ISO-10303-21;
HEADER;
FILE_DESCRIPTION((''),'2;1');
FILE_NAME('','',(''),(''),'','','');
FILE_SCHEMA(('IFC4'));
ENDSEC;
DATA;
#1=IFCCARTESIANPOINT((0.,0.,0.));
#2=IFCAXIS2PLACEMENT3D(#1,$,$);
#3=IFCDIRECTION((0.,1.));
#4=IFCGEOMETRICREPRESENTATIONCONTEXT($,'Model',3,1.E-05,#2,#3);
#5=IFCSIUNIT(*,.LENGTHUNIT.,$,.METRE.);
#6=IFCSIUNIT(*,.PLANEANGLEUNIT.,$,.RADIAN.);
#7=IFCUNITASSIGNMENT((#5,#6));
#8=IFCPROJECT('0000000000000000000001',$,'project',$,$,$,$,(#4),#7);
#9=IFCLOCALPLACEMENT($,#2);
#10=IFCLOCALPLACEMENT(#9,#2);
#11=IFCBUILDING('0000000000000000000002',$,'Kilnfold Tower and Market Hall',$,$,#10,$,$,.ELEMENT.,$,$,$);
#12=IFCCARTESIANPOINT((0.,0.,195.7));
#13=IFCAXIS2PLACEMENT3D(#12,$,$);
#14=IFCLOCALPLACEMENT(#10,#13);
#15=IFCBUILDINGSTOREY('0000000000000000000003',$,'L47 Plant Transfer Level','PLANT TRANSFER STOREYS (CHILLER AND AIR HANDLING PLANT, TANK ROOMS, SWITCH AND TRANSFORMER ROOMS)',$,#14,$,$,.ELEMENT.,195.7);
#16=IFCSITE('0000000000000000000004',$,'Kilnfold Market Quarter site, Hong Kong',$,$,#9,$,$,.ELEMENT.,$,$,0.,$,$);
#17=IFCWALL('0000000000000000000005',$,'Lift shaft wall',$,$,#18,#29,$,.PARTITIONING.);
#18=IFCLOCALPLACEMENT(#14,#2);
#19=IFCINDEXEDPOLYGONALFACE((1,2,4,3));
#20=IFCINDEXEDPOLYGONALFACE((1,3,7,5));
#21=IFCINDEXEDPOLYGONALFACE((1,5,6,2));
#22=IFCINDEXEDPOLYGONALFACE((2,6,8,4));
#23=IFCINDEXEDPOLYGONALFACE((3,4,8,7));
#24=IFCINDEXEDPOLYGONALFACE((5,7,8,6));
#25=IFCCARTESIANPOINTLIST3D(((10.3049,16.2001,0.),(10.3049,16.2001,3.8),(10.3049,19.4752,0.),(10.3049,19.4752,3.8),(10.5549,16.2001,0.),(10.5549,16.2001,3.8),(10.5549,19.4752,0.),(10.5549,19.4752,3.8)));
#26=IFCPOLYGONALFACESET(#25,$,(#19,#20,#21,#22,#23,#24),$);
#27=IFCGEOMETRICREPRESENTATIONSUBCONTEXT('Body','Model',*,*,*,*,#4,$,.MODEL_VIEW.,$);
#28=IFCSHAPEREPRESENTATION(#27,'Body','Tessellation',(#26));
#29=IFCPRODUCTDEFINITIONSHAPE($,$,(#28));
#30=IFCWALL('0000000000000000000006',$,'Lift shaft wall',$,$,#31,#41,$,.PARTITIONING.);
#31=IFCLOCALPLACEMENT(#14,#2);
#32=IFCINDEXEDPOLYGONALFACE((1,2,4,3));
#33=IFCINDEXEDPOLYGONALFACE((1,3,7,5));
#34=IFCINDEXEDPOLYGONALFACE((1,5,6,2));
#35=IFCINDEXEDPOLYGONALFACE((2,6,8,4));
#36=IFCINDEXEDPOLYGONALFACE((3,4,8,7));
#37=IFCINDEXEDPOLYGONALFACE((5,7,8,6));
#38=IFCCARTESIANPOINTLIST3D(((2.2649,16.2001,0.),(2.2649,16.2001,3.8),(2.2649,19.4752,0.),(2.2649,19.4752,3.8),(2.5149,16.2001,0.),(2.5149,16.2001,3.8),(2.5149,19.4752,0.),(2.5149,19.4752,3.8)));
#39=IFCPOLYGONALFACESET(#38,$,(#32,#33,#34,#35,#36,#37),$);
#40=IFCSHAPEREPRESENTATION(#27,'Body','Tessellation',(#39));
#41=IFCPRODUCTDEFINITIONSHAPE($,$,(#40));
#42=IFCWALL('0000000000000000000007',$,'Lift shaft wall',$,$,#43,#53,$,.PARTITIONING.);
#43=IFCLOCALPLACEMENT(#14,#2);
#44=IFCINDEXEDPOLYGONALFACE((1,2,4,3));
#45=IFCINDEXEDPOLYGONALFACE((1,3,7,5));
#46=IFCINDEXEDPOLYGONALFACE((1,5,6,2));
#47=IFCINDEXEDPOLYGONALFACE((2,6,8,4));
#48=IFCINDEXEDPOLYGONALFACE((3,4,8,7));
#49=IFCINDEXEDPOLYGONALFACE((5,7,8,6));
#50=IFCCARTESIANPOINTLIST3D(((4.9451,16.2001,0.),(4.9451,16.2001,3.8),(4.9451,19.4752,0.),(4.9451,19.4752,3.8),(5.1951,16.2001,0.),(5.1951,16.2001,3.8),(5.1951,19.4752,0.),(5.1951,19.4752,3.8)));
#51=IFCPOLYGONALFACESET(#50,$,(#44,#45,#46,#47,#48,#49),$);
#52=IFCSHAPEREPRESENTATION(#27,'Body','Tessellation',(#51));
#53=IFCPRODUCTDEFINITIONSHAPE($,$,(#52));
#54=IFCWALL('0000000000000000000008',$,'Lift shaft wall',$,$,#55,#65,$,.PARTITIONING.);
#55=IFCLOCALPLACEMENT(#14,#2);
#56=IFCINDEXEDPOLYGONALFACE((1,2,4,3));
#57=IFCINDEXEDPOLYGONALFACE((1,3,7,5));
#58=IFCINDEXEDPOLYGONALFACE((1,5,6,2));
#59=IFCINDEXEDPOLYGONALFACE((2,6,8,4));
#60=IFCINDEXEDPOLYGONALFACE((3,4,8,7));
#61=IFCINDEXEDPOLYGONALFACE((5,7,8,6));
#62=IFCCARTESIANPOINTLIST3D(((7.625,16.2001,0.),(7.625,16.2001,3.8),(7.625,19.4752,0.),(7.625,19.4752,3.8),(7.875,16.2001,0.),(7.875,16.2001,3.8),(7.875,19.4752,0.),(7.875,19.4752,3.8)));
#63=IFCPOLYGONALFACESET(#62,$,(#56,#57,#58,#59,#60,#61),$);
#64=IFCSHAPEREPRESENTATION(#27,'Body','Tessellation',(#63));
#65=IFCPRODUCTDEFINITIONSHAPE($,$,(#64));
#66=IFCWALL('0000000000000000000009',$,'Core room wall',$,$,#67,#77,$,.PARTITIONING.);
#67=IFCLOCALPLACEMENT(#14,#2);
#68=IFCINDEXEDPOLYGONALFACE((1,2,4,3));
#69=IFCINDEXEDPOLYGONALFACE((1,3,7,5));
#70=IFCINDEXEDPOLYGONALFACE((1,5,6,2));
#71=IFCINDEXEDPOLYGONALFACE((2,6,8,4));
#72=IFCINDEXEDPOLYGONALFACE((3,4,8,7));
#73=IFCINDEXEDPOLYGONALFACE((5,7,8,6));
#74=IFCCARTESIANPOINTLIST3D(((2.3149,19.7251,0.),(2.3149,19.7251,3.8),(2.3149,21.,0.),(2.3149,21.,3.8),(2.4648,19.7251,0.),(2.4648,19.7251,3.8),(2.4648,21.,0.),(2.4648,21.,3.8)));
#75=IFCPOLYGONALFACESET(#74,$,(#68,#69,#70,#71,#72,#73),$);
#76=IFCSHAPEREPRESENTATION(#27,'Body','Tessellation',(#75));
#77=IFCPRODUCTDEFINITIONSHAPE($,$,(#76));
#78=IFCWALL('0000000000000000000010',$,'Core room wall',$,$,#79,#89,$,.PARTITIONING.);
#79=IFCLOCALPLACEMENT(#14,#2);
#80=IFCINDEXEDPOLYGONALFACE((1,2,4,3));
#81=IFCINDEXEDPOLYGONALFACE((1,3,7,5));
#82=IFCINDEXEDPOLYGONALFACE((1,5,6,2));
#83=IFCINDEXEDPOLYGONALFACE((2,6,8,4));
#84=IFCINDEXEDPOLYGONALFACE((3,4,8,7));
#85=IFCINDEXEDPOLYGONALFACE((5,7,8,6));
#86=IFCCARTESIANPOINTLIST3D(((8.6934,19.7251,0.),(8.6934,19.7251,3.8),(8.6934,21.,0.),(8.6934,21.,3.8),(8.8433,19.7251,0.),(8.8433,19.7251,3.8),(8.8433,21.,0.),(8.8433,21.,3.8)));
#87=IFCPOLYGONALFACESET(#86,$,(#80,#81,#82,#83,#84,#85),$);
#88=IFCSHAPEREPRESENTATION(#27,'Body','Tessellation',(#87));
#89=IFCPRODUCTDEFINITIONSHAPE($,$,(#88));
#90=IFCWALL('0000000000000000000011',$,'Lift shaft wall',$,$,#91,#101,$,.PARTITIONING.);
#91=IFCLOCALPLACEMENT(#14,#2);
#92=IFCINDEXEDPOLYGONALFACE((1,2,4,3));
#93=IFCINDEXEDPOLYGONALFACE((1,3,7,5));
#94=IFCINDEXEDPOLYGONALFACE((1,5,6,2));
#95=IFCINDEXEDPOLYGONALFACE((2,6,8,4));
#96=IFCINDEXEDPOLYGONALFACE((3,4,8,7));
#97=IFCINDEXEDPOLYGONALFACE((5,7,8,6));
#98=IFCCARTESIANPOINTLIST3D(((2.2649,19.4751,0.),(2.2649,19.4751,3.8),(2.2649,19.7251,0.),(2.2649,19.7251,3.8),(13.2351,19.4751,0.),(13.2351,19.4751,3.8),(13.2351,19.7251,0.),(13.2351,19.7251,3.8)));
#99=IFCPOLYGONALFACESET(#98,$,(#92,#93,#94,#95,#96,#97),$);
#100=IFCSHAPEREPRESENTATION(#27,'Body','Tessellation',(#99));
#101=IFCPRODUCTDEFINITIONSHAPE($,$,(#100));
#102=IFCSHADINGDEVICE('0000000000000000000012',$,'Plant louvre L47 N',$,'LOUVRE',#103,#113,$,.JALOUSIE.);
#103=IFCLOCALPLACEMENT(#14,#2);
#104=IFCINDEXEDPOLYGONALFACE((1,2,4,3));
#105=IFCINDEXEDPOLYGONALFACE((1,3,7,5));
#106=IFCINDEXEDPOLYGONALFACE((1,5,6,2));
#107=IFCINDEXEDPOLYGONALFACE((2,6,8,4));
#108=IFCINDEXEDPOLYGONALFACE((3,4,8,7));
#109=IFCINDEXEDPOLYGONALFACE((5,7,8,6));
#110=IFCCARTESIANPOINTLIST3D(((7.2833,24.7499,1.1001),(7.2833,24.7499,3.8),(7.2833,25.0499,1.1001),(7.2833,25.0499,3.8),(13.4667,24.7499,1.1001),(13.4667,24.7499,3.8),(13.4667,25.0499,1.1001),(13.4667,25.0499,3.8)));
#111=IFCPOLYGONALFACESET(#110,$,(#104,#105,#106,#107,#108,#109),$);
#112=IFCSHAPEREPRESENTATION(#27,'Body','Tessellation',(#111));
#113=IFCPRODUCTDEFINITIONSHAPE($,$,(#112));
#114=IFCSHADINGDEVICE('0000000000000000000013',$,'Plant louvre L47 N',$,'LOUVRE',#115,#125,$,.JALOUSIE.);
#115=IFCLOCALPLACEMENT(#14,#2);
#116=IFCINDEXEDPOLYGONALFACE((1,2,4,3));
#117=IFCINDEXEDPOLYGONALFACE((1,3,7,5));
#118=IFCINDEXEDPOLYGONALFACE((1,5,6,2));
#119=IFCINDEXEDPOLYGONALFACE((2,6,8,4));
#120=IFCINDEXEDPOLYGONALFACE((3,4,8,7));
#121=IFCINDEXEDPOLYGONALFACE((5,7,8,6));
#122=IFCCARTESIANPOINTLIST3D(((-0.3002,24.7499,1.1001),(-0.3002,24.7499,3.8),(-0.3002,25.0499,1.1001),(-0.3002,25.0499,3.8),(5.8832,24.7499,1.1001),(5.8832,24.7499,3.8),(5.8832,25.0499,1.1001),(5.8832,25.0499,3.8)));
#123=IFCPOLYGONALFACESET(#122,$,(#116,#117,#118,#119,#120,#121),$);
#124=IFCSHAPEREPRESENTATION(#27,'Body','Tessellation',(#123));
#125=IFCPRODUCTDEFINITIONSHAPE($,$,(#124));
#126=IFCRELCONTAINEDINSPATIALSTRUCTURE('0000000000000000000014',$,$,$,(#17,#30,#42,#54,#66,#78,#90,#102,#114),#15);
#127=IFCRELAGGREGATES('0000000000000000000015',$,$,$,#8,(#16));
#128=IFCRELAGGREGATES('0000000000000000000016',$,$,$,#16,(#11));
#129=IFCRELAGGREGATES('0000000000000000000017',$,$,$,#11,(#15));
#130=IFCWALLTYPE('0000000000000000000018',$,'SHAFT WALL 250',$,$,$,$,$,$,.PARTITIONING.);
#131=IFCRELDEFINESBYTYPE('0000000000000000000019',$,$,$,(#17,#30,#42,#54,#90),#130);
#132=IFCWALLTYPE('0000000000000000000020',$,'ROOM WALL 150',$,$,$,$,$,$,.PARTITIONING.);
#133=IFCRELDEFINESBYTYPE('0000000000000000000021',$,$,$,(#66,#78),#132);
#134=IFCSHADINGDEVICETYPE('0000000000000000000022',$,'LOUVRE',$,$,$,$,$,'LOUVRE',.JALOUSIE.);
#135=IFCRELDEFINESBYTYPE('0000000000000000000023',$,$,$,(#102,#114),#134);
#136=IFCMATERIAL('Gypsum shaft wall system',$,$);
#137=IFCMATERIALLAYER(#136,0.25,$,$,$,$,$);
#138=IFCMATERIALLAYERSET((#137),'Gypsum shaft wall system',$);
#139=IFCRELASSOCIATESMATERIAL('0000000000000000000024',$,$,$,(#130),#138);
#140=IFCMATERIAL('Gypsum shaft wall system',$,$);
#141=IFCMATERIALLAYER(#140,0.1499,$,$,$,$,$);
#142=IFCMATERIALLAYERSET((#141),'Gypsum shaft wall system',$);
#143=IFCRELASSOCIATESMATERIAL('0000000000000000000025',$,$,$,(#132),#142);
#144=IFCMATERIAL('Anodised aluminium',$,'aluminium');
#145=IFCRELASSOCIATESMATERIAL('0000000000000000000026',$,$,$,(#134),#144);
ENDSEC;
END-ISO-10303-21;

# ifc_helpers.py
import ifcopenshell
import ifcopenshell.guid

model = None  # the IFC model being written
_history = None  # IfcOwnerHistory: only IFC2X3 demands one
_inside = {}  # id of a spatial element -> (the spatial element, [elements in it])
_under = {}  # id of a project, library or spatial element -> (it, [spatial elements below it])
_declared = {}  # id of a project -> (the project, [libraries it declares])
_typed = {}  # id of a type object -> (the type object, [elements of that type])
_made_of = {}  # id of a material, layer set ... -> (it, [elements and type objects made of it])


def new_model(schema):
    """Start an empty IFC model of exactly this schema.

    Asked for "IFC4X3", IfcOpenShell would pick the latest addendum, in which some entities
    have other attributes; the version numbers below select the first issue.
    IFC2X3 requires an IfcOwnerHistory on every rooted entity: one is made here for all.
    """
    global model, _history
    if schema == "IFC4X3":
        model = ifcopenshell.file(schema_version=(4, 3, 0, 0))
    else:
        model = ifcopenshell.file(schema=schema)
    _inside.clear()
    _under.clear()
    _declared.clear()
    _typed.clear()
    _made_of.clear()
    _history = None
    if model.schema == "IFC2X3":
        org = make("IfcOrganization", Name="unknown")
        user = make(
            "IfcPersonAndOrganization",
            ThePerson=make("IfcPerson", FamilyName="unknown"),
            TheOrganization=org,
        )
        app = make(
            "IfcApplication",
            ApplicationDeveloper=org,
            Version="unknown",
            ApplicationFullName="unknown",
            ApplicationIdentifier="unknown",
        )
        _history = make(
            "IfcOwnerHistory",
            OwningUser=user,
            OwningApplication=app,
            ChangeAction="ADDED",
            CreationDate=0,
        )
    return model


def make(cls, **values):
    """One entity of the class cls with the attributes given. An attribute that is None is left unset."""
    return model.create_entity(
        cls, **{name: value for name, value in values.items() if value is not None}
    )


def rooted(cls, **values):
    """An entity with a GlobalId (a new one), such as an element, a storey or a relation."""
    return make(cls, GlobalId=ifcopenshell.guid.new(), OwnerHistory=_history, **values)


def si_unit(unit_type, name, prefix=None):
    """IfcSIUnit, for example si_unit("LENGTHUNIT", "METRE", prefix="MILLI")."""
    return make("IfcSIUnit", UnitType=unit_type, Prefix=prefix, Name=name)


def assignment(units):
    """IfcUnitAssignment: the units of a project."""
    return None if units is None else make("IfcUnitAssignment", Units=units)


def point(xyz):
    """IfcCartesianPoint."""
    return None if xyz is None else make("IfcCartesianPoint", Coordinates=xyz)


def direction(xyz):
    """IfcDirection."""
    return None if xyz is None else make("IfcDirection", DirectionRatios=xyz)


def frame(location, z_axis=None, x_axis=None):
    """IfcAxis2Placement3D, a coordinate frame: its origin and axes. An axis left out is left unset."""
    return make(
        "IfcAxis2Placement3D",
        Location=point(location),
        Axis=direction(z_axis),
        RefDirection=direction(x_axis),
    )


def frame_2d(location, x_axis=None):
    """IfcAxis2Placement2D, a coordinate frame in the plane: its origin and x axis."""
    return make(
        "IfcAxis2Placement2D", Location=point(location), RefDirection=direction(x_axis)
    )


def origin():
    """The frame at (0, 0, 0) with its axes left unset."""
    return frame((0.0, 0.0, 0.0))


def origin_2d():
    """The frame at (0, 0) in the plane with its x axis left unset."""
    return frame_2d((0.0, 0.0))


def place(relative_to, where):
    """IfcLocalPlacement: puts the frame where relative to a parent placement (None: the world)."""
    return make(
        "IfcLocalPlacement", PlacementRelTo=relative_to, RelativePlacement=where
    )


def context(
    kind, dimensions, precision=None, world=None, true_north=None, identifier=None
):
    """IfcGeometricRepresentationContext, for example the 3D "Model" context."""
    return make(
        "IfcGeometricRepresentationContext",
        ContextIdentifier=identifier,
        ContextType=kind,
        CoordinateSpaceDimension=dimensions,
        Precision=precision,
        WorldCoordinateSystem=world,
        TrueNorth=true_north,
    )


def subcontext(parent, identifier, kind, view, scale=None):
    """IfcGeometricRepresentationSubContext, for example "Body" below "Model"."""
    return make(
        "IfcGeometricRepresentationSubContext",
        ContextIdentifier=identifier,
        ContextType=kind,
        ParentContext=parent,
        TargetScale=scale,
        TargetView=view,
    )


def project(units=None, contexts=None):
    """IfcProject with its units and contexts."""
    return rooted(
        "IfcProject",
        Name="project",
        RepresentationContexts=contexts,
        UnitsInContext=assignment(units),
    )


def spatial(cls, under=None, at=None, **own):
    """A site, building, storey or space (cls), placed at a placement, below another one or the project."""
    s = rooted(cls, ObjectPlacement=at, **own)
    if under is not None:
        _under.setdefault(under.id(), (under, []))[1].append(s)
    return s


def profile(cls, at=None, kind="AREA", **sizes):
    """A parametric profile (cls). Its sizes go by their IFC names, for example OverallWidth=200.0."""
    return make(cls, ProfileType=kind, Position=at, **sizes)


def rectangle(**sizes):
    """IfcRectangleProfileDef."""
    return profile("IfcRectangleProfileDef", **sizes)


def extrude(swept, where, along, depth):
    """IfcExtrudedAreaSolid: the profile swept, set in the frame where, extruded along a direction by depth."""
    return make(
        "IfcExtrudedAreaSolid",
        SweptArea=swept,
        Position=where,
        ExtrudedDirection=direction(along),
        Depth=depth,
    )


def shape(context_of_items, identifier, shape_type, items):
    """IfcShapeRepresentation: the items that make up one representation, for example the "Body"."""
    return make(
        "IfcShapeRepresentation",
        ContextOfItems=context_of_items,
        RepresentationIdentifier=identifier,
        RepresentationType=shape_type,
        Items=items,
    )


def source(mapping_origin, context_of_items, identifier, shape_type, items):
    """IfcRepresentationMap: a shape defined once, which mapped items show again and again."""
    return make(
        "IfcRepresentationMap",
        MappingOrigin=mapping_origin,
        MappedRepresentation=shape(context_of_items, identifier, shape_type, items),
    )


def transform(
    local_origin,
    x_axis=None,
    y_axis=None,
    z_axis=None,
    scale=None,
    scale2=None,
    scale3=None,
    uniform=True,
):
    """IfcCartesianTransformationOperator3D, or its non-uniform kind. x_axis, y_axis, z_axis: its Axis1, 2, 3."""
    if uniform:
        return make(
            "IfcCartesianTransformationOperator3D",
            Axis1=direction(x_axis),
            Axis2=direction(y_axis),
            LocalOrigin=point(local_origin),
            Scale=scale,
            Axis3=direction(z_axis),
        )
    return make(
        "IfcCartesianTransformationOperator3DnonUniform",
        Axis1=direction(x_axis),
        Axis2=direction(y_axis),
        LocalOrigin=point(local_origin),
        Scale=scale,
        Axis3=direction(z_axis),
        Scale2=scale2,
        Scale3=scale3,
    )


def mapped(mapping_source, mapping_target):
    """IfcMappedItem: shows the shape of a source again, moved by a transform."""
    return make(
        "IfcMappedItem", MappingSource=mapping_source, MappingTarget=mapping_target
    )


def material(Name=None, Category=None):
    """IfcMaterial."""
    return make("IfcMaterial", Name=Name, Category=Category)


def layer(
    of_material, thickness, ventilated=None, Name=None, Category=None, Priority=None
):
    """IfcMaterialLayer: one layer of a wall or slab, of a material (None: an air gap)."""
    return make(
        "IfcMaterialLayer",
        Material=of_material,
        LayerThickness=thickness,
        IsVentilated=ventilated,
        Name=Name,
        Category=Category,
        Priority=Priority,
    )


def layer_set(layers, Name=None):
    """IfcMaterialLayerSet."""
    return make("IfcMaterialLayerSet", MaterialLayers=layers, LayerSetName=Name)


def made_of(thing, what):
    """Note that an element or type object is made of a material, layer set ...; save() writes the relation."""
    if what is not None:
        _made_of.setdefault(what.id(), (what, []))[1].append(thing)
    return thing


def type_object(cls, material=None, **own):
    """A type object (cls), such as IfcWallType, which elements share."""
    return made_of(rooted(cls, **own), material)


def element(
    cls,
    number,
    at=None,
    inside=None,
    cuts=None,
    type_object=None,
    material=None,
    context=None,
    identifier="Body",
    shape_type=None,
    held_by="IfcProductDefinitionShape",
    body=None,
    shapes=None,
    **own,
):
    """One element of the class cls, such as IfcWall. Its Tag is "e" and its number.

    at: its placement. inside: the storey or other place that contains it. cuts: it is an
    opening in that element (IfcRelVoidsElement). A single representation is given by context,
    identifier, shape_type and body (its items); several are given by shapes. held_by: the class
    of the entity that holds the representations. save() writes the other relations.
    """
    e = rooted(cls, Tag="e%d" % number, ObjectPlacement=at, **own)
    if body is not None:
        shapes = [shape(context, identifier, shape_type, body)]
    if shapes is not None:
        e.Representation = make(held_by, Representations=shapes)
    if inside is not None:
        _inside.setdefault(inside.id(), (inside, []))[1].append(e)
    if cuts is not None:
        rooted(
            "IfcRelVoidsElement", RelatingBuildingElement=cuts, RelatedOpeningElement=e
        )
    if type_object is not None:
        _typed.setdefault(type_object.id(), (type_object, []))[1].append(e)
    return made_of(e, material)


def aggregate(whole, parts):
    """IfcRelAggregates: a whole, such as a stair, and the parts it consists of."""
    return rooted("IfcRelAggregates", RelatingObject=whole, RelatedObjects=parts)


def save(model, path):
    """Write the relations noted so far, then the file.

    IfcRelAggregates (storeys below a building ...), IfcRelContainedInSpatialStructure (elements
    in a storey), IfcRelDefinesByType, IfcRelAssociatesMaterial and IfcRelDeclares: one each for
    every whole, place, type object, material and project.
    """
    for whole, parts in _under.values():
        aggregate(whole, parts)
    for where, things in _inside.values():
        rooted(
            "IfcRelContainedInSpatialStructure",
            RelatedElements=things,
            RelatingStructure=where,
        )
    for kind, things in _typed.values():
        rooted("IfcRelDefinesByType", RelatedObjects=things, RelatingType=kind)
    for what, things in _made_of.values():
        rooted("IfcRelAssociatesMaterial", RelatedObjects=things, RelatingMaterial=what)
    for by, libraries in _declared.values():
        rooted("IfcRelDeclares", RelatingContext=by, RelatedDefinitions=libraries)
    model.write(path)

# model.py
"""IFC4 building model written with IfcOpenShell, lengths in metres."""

from ifc_helpers import new_model, si_unit, direction, frame, frame_2d, origin, origin_2d, place, context, subcontext, project, spatial, rectangle, extrude, source, transform, mapped, material, layer, layer_set, type_object, element, save


model = new_model("IFC4")

# Units and contexts
model_context = context("Model", 3, precision=1e-05, world=origin(), true_north=direction((0.0, 1.0)))
body_context = subcontext(model_context, "Body", "Model", "MODEL_VIEW")
ifc_project = project(units=[si_unit("LENGTHUNIT", "METRE"), si_unit("PLANEANGLEUNIT", "RADIAN")], contexts=[model_context])

# Site, building, storey
site_placement = place(None, origin())
site = spatial("IfcSite", under=ifc_project, at=site_placement, Name="Kilnfold Market Quarter site, Hong Kong", CompositionType="ELEMENT", RefElevation=0.0)
building_placement = place(site_placement, origin())
building = spatial("IfcBuilding", under=site, at=building_placement, Name="Kilnfold Tower and Market Hall", CompositionType="ELEMENT")
storey_placement = place(building_placement, frame((0.0, 0.0, 195.7)))
storey = spatial("IfcBuildingStorey", under=building, at=storey_placement, Name="L47 Plant Transfer Level", Description="PLANT TRANSFER STOREYS (CHILLER AND AIR HANDLING PLANT, TANK ROOMS, SWITCH AND TRANSFORMER ROOMS)", CompositionType="ELEMENT", Elevation=195.7)

# Walls
ifc_material_1 = material(Name="Gypsum shaft wall system")
ifc_layer_1 = layer(ifc_material_1, 0.25)
ifc_layer_set_1 = layer_set([ifc_layer_1], Name="Gypsum shaft wall system")
wall_type_1 = type_object("IfcWallType", Name="SHAFT WALL 250", PredefinedType="PARTITIONING", material=ifc_layer_set_1)
shared_shape_1 = source(origin(), body_context, "Body", "SweptSolid", [
    extrude(rectangle(XDim=3.2751, YDim=0.25, at=frame_2d((1.6377, 0.0))), origin(), (0.0, 0.0, 1.0), 3.8),
])
for number, where, z_axis, x_axis, name in (
    (1, (10.4299, 16.2, 0.0), (0.0, 0.0, 1.0), (0.0, 1.0, 0.0), "Lift shaft wall"),
    (2, (2.3899, 16.2, 0.0), (0.0, 0.0, 1.0), (0.0, 1.0, 0.0), "Lift shaft wall"),
    (3, (5.0701, 16.2, 0.0), (0.0, 0.0, 1.0), (0.0, 1.0, 0.0), "Lift shaft wall"),
    (4, (7.75, 16.2, 0.0), (0.0, 0.0, 1.0), (0.0, 1.0, 0.0), "Lift shaft wall"),
):
    element("IfcWall", number, at=place(storey_placement, frame(where, z_axis=z_axis, x_axis=x_axis)), inside=storey, type_object=wall_type_1, Name=name, PredefinedType="PARTITIONING", context=body_context, shape_type="MappedRepresentation", body=[
        mapped(shared_shape_1, transform((0.0, 0.0, 0.0))),
    ])
ifc_material_2 = material(Name="Gypsum shaft wall system")
ifc_layer_2 = layer(ifc_material_2, 0.1499)
ifc_layer_set_2 = layer_set([ifc_layer_2], Name="Gypsum shaft wall system")
wall_type_2 = type_object("IfcWallType", Name="ROOM WALL 150", PredefinedType="PARTITIONING", material=ifc_layer_set_2)
shared_shape_2 = source(origin(), body_context, "Body", "SweptSolid", [
    extrude(rectangle(XDim=1.2749, YDim=0.1499, at=frame_2d((0.6375, 0.0))), origin(), (0.0, 0.0, 1.0), 3.8),
])
for number, where, z_axis, x_axis, name in (
    (5, (2.3899, 19.7251, 0.0), (0.0, 0.0, 1.0), (0.0, 1.0, 0.0), "Core room wall"),
    (6, (8.7683, 19.7251, 0.0), (0.0, 0.0, 1.0), (0.0, 1.0, 0.0), "Core room wall"),
):
    element("IfcWall", number, at=place(storey_placement, frame(where, z_axis=z_axis, x_axis=x_axis)), inside=storey, type_object=wall_type_2, Name=name, PredefinedType="PARTITIONING", context=body_context, shape_type="MappedRepresentation", body=[
        mapped(shared_shape_2, transform((0.0, 0.0, 0.0))),
    ])
shared_shape_3 = source(origin(), body_context, "Body", "SweptSolid", [
    extrude(rectangle(XDim=10.9702, YDim=0.25, at=frame_2d((5.4851, 0.0))), origin(), (0.0, 0.0, 1.0), 3.8),
])
wall_1_placement = place(storey_placement, frame((2.2649, 19.6001, 0.0), z_axis=(0.0, 0.0, 1.0), x_axis=(1.0, 0.0, 0.0)))
element("IfcWall", 7, at=wall_1_placement, inside=storey, type_object=wall_type_1, Name="Lift shaft wall", PredefinedType="PARTITIONING", context=body_context, shape_type="MappedRepresentation", body=[
    mapped(shared_shape_3, transform((0.0, 0.0, 0.0))),
])

# Shading devices
ifc_material_3 = material(Name="Anodised aluminium", Category="aluminium")
shading_device_type = type_object("IfcShadingDeviceType", Name="LOUVRE", ElementType="LOUVRE", PredefinedType="JALOUSIE", material=ifc_material_3)
shared_shape_4 = source(origin(), body_context, "Body", "SweptSolid", [
    extrude(rectangle(XDim=6.1833, YDim=0.3, at=origin_2d()), origin(), (0.0, 0.0, 1.0), 2.7),
])
for number, where, z_axis, x_axis, name in (
    (8, (10.375, 24.8999, 1.1001), (0.0, 0.0, 1.0), (-1.0, 0.0, 0.0), "Plant louvre L47 N"),
    (9, (2.7915, 24.8999, 1.1001), (0.0, 0.0, 1.0), (-1.0, 0.0, 0.0), "Plant louvre L47 N"),
):
    element("IfcShadingDevice", number, at=place(storey_placement, frame(where, z_axis=z_axis, x_axis=x_axis)), inside=storey, type_object=shading_device_type, Name=name, ObjectType="LOUVRE", PredefinedType="JALOUSIE", context=body_context, shape_type="MappedRepresentation", body=[
        mapped(shared_shape_4, transform((0.0, 0.0, 0.0))),
    ])

save(model, "model.ifc")
